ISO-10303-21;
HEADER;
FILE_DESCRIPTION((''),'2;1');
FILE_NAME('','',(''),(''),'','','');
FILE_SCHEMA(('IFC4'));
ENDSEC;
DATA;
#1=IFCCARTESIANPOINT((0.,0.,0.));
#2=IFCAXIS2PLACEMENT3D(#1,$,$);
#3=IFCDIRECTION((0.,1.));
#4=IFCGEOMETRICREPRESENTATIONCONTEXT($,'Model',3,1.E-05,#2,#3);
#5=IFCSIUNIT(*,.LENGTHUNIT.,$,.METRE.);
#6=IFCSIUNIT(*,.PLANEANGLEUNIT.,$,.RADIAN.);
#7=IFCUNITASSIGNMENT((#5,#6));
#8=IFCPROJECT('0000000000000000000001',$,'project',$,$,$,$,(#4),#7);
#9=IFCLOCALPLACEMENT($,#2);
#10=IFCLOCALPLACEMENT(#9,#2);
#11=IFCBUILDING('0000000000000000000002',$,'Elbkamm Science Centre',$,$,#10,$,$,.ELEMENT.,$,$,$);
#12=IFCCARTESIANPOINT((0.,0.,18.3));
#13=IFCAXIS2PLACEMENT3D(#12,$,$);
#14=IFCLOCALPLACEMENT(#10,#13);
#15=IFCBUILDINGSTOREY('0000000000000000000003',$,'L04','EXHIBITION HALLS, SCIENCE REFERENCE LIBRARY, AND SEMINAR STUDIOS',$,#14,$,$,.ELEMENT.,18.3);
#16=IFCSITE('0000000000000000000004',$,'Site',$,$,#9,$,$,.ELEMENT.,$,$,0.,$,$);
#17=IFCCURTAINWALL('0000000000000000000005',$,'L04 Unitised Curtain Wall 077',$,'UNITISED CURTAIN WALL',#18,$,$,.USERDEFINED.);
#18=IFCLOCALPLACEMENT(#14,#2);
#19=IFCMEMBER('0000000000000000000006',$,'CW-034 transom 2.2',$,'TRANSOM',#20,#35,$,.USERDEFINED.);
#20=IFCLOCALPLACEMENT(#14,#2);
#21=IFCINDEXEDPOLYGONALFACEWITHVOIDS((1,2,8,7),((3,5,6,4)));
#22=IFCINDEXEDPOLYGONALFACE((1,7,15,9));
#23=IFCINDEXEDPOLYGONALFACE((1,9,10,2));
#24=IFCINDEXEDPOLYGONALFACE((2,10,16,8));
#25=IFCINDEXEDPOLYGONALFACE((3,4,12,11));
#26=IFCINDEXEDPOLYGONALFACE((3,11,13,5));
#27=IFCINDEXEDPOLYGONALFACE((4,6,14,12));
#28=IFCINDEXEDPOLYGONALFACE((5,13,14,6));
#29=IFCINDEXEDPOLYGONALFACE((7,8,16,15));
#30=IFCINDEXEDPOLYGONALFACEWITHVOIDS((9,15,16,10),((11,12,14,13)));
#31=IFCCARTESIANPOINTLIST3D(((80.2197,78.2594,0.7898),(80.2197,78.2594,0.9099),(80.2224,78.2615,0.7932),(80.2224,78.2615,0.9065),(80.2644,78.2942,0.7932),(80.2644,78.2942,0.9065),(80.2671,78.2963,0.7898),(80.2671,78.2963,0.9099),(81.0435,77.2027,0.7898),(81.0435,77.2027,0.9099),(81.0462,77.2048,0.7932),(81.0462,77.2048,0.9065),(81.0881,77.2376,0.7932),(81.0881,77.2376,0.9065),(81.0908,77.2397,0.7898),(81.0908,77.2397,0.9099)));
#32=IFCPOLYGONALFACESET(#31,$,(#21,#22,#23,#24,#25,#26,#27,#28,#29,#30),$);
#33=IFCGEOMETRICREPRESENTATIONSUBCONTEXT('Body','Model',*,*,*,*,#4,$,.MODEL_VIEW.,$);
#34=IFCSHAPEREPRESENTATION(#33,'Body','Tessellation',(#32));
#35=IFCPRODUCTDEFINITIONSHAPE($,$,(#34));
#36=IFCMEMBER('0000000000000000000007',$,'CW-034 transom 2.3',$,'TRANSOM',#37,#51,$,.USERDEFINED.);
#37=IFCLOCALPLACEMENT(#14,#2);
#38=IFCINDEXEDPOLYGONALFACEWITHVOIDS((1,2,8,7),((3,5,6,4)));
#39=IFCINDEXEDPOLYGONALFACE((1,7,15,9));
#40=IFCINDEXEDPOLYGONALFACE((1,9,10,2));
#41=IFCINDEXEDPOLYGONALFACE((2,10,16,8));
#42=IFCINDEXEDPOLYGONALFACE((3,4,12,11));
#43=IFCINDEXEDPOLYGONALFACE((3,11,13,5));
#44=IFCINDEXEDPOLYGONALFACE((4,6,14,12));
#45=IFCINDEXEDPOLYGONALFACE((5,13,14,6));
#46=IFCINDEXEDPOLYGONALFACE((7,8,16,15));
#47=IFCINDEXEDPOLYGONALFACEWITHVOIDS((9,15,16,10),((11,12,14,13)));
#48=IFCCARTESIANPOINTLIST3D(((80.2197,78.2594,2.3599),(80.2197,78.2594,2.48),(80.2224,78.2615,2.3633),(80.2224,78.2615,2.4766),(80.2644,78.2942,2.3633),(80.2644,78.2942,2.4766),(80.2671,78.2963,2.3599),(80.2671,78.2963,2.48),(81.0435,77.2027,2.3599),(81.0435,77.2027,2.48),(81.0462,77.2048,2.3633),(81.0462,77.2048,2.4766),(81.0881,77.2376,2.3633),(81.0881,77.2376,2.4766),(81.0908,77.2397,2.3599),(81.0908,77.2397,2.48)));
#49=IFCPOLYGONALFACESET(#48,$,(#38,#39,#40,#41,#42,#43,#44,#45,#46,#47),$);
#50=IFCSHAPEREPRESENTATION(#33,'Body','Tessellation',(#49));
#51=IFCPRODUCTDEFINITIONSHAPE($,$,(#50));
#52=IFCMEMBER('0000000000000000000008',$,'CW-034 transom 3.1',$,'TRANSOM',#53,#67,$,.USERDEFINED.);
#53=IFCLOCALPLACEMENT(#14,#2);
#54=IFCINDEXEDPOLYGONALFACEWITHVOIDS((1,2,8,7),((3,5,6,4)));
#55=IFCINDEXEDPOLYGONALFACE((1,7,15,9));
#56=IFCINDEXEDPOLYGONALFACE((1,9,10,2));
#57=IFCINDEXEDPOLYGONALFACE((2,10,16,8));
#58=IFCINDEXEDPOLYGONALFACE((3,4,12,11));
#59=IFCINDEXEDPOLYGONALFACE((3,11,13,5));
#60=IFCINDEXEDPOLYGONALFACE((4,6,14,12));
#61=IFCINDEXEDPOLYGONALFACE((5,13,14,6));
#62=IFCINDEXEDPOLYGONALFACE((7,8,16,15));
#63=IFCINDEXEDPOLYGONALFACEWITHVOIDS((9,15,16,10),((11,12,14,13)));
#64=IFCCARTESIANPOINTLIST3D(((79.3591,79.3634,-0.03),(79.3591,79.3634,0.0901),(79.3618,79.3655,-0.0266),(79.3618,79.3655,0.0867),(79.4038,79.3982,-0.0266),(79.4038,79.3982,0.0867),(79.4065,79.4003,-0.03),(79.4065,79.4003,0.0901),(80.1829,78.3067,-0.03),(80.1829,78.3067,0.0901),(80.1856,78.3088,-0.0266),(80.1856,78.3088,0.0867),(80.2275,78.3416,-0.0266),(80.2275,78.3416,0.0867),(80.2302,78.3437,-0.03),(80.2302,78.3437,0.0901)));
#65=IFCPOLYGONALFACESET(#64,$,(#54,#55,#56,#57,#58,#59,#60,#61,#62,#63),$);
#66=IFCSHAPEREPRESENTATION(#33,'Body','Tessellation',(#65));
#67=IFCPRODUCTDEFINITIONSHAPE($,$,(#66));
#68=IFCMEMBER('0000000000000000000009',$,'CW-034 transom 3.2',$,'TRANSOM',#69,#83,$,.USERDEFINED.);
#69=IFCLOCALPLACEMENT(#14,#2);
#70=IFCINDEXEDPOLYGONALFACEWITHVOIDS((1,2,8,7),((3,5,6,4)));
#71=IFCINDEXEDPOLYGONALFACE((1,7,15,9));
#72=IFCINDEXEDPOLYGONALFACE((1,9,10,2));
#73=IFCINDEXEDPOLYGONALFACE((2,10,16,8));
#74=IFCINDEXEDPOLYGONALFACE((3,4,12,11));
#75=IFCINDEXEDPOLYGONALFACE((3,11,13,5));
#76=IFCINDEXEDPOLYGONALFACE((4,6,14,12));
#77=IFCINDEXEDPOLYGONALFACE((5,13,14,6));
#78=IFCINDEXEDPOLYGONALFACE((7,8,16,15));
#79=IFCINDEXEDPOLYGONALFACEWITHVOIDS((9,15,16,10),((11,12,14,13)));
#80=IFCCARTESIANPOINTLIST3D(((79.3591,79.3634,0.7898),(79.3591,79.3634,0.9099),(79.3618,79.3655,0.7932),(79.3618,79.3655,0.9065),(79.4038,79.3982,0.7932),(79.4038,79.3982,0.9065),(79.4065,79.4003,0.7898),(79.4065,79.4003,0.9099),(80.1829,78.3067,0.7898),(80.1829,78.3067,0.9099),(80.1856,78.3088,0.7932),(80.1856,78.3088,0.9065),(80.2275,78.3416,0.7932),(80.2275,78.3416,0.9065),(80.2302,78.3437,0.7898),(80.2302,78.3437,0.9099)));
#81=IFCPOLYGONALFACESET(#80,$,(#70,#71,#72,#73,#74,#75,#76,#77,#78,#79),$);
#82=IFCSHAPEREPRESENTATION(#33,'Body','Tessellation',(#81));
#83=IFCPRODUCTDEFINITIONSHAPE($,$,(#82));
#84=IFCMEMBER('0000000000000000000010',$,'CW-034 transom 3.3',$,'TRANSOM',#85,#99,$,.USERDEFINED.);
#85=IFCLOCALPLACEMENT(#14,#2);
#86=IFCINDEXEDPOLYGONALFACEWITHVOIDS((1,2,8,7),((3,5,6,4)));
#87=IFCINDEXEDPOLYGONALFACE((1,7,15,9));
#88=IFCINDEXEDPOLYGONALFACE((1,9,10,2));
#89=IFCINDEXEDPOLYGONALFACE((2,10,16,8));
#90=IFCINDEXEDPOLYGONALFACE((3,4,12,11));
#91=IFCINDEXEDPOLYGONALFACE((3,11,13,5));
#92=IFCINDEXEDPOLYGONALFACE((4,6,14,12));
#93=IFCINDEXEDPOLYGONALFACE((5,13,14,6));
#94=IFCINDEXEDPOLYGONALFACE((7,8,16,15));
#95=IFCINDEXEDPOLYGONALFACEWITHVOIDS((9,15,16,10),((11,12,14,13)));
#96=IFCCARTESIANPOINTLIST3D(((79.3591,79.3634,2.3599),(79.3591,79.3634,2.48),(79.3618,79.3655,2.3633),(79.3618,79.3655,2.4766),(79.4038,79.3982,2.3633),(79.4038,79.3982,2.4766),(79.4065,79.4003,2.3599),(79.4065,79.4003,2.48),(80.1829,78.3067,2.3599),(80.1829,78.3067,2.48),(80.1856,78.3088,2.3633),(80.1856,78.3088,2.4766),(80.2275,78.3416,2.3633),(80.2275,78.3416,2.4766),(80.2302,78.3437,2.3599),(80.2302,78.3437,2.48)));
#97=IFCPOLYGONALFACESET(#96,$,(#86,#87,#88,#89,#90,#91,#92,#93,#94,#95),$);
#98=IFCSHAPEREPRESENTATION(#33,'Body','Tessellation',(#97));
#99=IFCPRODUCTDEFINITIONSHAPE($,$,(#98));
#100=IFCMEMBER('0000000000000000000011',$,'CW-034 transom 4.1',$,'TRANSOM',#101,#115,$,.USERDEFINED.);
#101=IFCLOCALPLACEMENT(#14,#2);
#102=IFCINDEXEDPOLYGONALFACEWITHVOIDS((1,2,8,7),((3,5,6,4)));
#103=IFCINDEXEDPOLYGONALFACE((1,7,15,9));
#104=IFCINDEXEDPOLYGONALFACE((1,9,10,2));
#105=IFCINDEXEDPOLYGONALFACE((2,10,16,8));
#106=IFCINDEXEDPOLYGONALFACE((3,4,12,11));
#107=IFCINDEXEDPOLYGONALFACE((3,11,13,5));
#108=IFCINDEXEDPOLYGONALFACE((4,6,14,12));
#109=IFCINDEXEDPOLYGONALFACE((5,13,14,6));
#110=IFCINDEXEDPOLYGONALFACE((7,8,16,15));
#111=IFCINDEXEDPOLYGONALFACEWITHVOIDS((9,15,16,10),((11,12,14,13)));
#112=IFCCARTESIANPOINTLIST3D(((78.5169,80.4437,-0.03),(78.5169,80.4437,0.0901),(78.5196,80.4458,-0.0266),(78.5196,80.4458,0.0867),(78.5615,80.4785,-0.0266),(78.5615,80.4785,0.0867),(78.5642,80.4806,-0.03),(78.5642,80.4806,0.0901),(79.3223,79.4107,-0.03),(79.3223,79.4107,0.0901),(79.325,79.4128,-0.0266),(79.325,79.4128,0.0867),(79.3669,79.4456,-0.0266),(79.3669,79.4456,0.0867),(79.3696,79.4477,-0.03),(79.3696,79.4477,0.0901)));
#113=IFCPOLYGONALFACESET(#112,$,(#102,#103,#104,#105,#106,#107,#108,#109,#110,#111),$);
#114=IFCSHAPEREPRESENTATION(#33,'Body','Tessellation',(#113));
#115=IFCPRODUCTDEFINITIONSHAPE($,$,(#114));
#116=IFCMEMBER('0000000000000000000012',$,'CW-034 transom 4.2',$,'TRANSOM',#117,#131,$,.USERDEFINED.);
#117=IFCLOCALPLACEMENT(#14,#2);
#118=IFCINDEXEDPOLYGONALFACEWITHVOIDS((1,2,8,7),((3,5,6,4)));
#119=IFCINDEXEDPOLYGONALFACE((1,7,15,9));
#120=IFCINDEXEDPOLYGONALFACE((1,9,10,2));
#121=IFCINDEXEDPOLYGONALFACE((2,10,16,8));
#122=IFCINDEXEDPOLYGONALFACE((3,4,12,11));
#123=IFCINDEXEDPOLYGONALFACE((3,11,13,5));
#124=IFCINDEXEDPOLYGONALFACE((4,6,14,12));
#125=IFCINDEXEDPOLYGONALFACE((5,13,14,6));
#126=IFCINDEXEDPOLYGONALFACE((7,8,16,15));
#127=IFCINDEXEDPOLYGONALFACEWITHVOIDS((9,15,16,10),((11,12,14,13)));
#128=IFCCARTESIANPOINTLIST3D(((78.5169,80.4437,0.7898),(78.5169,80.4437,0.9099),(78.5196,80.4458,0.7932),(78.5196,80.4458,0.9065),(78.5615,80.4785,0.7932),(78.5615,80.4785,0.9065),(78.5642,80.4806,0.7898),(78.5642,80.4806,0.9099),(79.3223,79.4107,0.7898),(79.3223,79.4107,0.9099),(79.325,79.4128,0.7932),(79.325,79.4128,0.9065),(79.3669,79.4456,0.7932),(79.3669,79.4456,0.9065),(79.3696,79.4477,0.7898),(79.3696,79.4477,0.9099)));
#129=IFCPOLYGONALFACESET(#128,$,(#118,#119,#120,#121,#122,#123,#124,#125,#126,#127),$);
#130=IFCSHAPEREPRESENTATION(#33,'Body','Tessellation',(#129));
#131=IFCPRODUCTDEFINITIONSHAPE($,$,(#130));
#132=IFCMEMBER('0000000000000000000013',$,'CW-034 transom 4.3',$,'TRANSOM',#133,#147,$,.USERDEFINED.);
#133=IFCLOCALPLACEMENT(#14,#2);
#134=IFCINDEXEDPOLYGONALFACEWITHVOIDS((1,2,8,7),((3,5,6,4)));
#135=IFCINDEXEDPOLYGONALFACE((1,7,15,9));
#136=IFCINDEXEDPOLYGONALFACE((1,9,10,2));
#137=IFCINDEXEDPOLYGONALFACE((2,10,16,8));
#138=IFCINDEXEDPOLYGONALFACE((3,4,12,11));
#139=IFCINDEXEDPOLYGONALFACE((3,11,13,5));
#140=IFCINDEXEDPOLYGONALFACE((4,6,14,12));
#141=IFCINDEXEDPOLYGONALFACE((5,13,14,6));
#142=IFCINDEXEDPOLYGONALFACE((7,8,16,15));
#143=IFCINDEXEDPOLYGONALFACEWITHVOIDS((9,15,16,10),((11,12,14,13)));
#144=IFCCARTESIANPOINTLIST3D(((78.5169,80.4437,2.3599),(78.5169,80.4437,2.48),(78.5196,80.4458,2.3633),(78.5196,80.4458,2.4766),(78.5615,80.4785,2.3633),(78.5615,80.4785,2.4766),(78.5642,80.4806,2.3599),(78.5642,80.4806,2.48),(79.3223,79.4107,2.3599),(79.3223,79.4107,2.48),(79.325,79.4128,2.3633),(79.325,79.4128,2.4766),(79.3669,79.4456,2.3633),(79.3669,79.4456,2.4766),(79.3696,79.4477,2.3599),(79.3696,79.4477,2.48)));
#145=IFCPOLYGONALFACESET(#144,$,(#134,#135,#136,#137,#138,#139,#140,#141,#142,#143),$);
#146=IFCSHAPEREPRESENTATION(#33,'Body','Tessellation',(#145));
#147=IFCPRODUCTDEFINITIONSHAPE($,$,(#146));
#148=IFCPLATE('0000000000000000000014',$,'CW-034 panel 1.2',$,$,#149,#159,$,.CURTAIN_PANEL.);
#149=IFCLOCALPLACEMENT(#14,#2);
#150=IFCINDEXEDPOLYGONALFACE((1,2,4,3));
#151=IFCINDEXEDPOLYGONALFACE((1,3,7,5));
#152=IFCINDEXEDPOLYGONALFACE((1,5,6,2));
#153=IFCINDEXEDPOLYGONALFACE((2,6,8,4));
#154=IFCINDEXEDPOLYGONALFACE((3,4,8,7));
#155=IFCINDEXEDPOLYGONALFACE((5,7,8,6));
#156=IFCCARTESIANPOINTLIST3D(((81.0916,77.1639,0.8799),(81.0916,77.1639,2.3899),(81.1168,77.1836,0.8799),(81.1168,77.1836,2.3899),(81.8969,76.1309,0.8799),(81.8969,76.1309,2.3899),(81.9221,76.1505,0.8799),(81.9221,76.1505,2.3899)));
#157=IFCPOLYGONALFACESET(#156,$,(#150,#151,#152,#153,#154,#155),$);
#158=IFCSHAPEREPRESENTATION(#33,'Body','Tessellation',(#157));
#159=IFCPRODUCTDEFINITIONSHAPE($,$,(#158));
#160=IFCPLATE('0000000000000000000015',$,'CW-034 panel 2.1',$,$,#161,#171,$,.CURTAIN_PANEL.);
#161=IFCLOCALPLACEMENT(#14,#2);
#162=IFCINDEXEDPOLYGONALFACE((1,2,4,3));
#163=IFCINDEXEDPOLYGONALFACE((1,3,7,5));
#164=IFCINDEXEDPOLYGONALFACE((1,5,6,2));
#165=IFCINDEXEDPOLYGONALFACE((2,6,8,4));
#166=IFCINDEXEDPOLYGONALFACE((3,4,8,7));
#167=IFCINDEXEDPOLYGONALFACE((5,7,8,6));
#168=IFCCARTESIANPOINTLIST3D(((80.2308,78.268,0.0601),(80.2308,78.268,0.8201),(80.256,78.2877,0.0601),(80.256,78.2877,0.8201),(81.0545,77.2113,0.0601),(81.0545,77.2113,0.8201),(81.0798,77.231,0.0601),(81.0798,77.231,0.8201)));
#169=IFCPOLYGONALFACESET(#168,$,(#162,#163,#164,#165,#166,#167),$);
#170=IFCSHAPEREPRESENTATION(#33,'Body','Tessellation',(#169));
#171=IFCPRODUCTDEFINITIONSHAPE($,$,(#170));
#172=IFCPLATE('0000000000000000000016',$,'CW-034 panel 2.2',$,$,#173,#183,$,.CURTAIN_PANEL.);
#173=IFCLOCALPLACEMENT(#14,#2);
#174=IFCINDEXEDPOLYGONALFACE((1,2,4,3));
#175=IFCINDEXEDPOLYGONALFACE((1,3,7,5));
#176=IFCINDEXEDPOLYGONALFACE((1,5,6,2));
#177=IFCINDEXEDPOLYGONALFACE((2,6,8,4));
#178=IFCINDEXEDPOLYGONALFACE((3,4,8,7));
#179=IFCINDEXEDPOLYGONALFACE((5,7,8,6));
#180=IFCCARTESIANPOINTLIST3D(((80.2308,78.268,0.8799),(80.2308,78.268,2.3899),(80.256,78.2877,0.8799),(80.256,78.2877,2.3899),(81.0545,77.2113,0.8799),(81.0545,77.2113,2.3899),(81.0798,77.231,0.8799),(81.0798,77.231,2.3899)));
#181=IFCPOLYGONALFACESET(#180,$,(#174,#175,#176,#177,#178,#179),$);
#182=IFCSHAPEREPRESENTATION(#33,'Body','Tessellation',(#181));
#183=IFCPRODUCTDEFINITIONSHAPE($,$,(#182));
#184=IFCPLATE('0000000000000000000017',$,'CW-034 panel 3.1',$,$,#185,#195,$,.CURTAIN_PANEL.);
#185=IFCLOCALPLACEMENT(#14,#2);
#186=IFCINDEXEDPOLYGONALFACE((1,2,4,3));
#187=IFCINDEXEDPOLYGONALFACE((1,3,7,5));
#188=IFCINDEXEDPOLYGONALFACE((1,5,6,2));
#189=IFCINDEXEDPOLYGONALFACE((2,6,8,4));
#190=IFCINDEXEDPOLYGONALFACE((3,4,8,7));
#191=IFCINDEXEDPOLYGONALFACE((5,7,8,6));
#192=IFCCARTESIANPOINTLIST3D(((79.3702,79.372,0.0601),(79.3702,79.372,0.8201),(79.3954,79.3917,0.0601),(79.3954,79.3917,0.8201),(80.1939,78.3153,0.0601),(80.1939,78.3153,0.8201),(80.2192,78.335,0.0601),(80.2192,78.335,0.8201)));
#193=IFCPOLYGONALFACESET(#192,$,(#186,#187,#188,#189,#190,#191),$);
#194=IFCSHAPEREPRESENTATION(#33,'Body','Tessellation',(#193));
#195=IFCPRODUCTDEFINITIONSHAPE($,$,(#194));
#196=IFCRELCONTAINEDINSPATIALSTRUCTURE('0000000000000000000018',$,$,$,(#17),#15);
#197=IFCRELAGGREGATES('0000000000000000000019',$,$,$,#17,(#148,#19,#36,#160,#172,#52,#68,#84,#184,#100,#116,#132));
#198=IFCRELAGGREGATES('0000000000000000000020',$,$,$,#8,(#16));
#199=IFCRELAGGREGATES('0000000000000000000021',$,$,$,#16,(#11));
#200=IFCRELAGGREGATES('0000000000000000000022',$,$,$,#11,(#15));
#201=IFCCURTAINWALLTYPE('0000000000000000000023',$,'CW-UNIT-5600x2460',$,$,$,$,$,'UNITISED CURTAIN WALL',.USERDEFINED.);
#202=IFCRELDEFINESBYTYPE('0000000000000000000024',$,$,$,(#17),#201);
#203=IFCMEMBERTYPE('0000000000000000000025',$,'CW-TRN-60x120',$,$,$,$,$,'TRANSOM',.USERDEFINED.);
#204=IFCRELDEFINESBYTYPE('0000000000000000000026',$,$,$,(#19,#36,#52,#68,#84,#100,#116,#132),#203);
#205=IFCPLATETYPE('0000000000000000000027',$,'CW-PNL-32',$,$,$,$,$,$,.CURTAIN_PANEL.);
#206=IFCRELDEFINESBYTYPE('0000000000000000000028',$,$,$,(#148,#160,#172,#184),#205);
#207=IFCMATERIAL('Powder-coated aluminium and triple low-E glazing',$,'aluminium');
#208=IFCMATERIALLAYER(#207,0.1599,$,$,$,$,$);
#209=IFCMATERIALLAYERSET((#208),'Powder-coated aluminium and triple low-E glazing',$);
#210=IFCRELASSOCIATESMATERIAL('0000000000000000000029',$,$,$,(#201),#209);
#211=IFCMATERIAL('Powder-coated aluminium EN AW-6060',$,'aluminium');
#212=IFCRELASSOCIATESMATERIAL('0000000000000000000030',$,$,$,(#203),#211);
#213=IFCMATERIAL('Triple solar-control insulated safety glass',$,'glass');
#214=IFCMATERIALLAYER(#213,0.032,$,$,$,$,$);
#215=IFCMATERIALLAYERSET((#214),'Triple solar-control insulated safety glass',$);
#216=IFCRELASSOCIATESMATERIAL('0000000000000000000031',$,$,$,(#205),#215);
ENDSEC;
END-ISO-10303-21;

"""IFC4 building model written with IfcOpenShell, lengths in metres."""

from ifc_helpers import new_model, si_unit, direction, frame, origin, origin_2d, place, context, subcontext, project, spatial, rectangle, hollow_rectangle, extrude, material, layer, layer_set, material_profile, profile_set, type_object, element, aggregate, save


model = new_model("IFC4")

# Units and contexts
model_context = context("Model", 3, precision=1e-05, world=origin(), true_north=direction((0.0, 1.0)))
body_context = subcontext(model_context, "Body", "Model", "MODEL_VIEW")
ifc_project = project(units=[si_unit("LENGTHUNIT", "METRE"), si_unit("PLANEANGLEUNIT", "RADIAN")], contexts=[model_context])

# Site, building, storey
site_placement = place(None, origin())
site = spatial("IfcSite", under=ifc_project, at=site_placement, Name="Site", CompositionType="ELEMENT", RefElevation=0.0)
building_placement = place(site_placement, origin())
building = spatial("IfcBuilding", under=site, at=building_placement, Name="Elbkamm Science Centre", CompositionType="ELEMENT")
storey_placement = place(building_placement, frame((0.0, 0.0, 18.3)))
storey = spatial("IfcBuildingStorey", under=building, at=storey_placement, Name="L04", Description="EXHIBITION HALLS, SCIENCE REFERENCE LIBRARY, AND SEMINAR STUDIOS", CompositionType="ELEMENT", Elevation=18.3)

# Curtain wall, members, plates
ifc_material_1 = material(Name="Powder-coated aluminium and triple low-E glazing", Category="aluminium")
ifc_layer_1 = layer(ifc_material_1, 0.1599)
ifc_layer_set_1 = layer_set([ifc_layer_1], Name="Powder-coated aluminium and triple low-E glazing")
curtain_wall_type = type_object("IfcCurtainWallType", Name="CW-UNIT-5600x2460", ElementType="UNITISED CURTAIN WALL", PredefinedType="USERDEFINED", material=ifc_layer_set_1)
curtain_wall_placement = place(storey_placement, origin())
curtain_wall = element("IfcCurtainWall", 1, at=curtain_wall_placement, inside=storey, type_object=curtain_wall_type, Name="L04 Unitised Curtain Wall 077", ObjectType="UNITISED CURTAIN WALL", PredefinedType="USERDEFINED")
ifc_material_2 = material(Name="Powder-coated aluminium EN AW-6060", Category="aluminium")
ifc_material_profile_1 = material_profile(ifc_material_2, hollow_rectangle(XDim=0.0601, YDim=0.1201, WallThickness=0.0034, at=origin_2d()), Name="ALU T60x120")
ifc_profile_set_1 = profile_set([ifc_material_profile_1], Name="Powder-coated aluminium EN AW-6060")
member_type_1 = type_object("IfcMemberType", Name="CW-TRN-60x120", ElementType="TRANSOM", PredefinedType="USERDEFINED", material=ifc_profile_set_1)
member_1_placement = place(storey_placement, frame((81.0671, 77.2212, 0.8499), z_axis=(-0.614823, 0.788665, 0.0), x_axis=(-0.788665, -0.614823, 0.0)))
member_1 = element("IfcMember", 2, at=member_1_placement, type_object=member_type_1, Name="CW-034 transom 2.2", ObjectType="TRANSOM", PredefinedType="USERDEFINED", context=body_context, shape_type="SweptSolid", body=[
    extrude(hollow_rectangle(XDim=0.0601, YDim=0.1201, WallThickness=0.0034, at=origin_2d()), origin(), (0.0, 0.0, 1.0), 1.3398),
])
member_2_placement = place(storey_placement, frame((81.0671, 77.2212, 2.4199), z_axis=(-0.614823, 0.788665, 0.0), x_axis=(-0.788665, -0.614823, 0.0)))
member_2 = element("IfcMember", 3, at=member_2_placement, type_object=member_type_1, Name="CW-034 transom 2.3", ObjectType="TRANSOM", PredefinedType="USERDEFINED", context=body_context, shape_type="SweptSolid", body=[
    extrude(hollow_rectangle(XDim=0.0601, YDim=0.1201, WallThickness=0.0034, at=origin_2d()), origin(), (0.0, 0.0, 1.0), 1.3398),
])
member_3_placement = place(storey_placement, frame((80.2065, 78.3252, 0.03), z_axis=(-0.614823, 0.788665, 0.0), x_axis=(-0.788665, -0.614823, 0.0)))
member_3 = element("IfcMember", 4, at=member_3_placement, type_object=member_type_1, Name="CW-034 transom 3.1", ObjectType="TRANSOM", PredefinedType="USERDEFINED", context=body_context, shape_type="SweptSolid", body=[
    extrude(hollow_rectangle(XDim=0.0601, YDim=0.1201, WallThickness=0.0034, at=origin_2d()), origin(), (0.0, 0.0, 1.0), 1.3398),
])
member_4_placement = place(storey_placement, frame((80.2065, 78.3252, 0.8499), z_axis=(-0.614823, 0.788665, 0.0), x_axis=(-0.788665, -0.614823, 0.0)))
member_4 = element("IfcMember", 5, at=member_4_placement, type_object=member_type_1, Name="CW-034 transom 3.2", ObjectType="TRANSOM", PredefinedType="USERDEFINED", context=body_context, shape_type="SweptSolid", body=[
    extrude(hollow_rectangle(XDim=0.0601, YDim=0.1201, WallThickness=0.0034, at=origin_2d()), origin(), (0.0, 0.0, 1.0), 1.3398),
])
member_5_placement = place(storey_placement, frame((80.2065, 78.3252, 2.4199), z_axis=(-0.614823, 0.788665, 0.0), x_axis=(-0.788665, -0.614823, 0.0)))
member_5 = element("IfcMember", 6, at=member_5_placement, type_object=member_type_1, Name="CW-034 transom 3.3", ObjectType="TRANSOM", PredefinedType="USERDEFINED", context=body_context, shape_type="SweptSolid", body=[
    extrude(hollow_rectangle(XDim=0.0601, YDim=0.1201, WallThickness=0.0034, at=origin_2d()), origin(), (0.0, 0.0, 1.0), 1.3398),
])
member_6_placement = place(storey_placement, frame((79.3459, 79.4292, 0.03), z_axis=(-0.614895, 0.788609, 0.0), x_axis=(-0.788609, -0.614895, 0.0)))
member_6 = element("IfcMember", 7, at=member_6_placement, type_object=member_type_1, Name="CW-034 transom 4.1", ObjectType="TRANSOM", PredefinedType="USERDEFINED", context=body_context, shape_type="SweptSolid", body=[
    extrude(hollow_rectangle(XDim=0.0601, YDim=0.1201, WallThickness=0.0034, at=origin_2d()), origin(), (0.0, 0.0, 1.0), 1.3098),
])
member_7_placement = place(storey_placement, frame((79.3459, 79.4292, 0.8499), z_axis=(-0.614895, 0.788609, 0.0), x_axis=(-0.788609, -0.614895, 0.0)))
member_7 = element("IfcMember", 8, at=member_7_placement, type_object=member_type_1, Name="CW-034 transom 4.2", ObjectType="TRANSOM", PredefinedType="USERDEFINED", context=body_context, shape_type="SweptSolid", body=[
    extrude(hollow_rectangle(XDim=0.0601, YDim=0.1201, WallThickness=0.0034, at=origin_2d()), origin(), (0.0, 0.0, 1.0), 1.3098),
])
member_8_placement = place(storey_placement, frame((79.3459, 79.4292, 2.4199), z_axis=(-0.614895, 0.788609, 0.0), x_axis=(-0.788609, -0.614895, 0.0)))
member_8 = element("IfcMember", 9, at=member_8_placement, type_object=member_type_1, Name="CW-034 transom 4.3", ObjectType="TRANSOM", PredefinedType="USERDEFINED", context=body_context, shape_type="SweptSolid", body=[
    extrude(hollow_rectangle(XDim=0.0601, YDim=0.1201, WallThickness=0.0034, at=origin_2d()), origin(), (0.0, 0.0, 1.0), 1.3098),
])
ifc_material_3 = material(Name="Triple solar-control insulated safety glass", Category="glass")
ifc_layer_2 = layer(ifc_material_3, 0.032)
ifc_layer_set_2 = layer_set([ifc_layer_2], Name="Triple solar-control insulated safety glass")
plate_type = type_object("IfcPlateType", Name="CW-PNL-32", PredefinedType="CURTAIN_PANEL", material=ifc_layer_set_2)
plate_1_placement = place(storey_placement, frame((81.5068, 76.6572, 0.8799), z_axis=(0.0, 0.0, 1.0), x_axis=(-0.614806, 0.788679, 0.0)))
plate_1 = element("IfcPlate", 10, at=plate_1_placement, type_object=plate_type, Name="CW-034 panel 1.2", PredefinedType="CURTAIN_PANEL", context=body_context, shape_type="SweptSolid", body=[
    extrude(rectangle(XDim=1.3098, YDim=0.032, at=origin_2d()), origin(), (0.0, 0.0, 1.0), 1.51),
])
plate_2_placement = place(storey_placement, frame((80.6553, 77.7495, 0.0601), z_axis=(0.0, 0.0, 1.0), x_axis=(-0.614806, 0.788679, 0.0)))
plate_2 = element("IfcPlate", 11, at=plate_2_placement, type_object=plate_type, Name="CW-034 panel 2.1", PredefinedType="CURTAIN_PANEL", context=body_context, shape_type="SweptSolid", body=[
    extrude(rectangle(XDim=1.3398, YDim=0.032, at=origin_2d()), origin(), (0.0, 0.0, 1.0), 0.76),
])
plate_3_placement = place(storey_placement, frame((80.6553, 77.7495, 0.8799), z_axis=(0.0, 0.0, 1.0), x_axis=(-0.614806, 0.788679, 0.0)))
plate_3 = element("IfcPlate", 12, at=plate_3_placement, type_object=plate_type, Name="CW-034 panel 2.2", PredefinedType="CURTAIN_PANEL", context=body_context, shape_type="SweptSolid", body=[
    extrude(rectangle(XDim=1.3398, YDim=0.032, at=origin_2d()), origin(), (0.0, 0.0, 1.0), 1.51),
])
plate_4_placement = place(storey_placement, frame((79.7947, 78.8535, 0.0601), z_axis=(0.0, 0.0, 1.0), x_axis=(-0.614806, 0.788679, 0.0)))
plate_4 = element("IfcPlate", 13, at=plate_4_placement, type_object=plate_type, Name="CW-034 panel 3.1", PredefinedType="CURTAIN_PANEL", context=body_context, shape_type="SweptSolid", body=[
    extrude(rectangle(XDim=1.3398, YDim=0.032, at=origin_2d()), origin(), (0.0, 0.0, 1.0), 0.76),
])
aggregate(curtain_wall, [plate_1, member_1, member_2, plate_2, plate_3, member_3, member_4, member_5, plate_4, member_6, member_7, member_8])

save(model, "model.ifc")
